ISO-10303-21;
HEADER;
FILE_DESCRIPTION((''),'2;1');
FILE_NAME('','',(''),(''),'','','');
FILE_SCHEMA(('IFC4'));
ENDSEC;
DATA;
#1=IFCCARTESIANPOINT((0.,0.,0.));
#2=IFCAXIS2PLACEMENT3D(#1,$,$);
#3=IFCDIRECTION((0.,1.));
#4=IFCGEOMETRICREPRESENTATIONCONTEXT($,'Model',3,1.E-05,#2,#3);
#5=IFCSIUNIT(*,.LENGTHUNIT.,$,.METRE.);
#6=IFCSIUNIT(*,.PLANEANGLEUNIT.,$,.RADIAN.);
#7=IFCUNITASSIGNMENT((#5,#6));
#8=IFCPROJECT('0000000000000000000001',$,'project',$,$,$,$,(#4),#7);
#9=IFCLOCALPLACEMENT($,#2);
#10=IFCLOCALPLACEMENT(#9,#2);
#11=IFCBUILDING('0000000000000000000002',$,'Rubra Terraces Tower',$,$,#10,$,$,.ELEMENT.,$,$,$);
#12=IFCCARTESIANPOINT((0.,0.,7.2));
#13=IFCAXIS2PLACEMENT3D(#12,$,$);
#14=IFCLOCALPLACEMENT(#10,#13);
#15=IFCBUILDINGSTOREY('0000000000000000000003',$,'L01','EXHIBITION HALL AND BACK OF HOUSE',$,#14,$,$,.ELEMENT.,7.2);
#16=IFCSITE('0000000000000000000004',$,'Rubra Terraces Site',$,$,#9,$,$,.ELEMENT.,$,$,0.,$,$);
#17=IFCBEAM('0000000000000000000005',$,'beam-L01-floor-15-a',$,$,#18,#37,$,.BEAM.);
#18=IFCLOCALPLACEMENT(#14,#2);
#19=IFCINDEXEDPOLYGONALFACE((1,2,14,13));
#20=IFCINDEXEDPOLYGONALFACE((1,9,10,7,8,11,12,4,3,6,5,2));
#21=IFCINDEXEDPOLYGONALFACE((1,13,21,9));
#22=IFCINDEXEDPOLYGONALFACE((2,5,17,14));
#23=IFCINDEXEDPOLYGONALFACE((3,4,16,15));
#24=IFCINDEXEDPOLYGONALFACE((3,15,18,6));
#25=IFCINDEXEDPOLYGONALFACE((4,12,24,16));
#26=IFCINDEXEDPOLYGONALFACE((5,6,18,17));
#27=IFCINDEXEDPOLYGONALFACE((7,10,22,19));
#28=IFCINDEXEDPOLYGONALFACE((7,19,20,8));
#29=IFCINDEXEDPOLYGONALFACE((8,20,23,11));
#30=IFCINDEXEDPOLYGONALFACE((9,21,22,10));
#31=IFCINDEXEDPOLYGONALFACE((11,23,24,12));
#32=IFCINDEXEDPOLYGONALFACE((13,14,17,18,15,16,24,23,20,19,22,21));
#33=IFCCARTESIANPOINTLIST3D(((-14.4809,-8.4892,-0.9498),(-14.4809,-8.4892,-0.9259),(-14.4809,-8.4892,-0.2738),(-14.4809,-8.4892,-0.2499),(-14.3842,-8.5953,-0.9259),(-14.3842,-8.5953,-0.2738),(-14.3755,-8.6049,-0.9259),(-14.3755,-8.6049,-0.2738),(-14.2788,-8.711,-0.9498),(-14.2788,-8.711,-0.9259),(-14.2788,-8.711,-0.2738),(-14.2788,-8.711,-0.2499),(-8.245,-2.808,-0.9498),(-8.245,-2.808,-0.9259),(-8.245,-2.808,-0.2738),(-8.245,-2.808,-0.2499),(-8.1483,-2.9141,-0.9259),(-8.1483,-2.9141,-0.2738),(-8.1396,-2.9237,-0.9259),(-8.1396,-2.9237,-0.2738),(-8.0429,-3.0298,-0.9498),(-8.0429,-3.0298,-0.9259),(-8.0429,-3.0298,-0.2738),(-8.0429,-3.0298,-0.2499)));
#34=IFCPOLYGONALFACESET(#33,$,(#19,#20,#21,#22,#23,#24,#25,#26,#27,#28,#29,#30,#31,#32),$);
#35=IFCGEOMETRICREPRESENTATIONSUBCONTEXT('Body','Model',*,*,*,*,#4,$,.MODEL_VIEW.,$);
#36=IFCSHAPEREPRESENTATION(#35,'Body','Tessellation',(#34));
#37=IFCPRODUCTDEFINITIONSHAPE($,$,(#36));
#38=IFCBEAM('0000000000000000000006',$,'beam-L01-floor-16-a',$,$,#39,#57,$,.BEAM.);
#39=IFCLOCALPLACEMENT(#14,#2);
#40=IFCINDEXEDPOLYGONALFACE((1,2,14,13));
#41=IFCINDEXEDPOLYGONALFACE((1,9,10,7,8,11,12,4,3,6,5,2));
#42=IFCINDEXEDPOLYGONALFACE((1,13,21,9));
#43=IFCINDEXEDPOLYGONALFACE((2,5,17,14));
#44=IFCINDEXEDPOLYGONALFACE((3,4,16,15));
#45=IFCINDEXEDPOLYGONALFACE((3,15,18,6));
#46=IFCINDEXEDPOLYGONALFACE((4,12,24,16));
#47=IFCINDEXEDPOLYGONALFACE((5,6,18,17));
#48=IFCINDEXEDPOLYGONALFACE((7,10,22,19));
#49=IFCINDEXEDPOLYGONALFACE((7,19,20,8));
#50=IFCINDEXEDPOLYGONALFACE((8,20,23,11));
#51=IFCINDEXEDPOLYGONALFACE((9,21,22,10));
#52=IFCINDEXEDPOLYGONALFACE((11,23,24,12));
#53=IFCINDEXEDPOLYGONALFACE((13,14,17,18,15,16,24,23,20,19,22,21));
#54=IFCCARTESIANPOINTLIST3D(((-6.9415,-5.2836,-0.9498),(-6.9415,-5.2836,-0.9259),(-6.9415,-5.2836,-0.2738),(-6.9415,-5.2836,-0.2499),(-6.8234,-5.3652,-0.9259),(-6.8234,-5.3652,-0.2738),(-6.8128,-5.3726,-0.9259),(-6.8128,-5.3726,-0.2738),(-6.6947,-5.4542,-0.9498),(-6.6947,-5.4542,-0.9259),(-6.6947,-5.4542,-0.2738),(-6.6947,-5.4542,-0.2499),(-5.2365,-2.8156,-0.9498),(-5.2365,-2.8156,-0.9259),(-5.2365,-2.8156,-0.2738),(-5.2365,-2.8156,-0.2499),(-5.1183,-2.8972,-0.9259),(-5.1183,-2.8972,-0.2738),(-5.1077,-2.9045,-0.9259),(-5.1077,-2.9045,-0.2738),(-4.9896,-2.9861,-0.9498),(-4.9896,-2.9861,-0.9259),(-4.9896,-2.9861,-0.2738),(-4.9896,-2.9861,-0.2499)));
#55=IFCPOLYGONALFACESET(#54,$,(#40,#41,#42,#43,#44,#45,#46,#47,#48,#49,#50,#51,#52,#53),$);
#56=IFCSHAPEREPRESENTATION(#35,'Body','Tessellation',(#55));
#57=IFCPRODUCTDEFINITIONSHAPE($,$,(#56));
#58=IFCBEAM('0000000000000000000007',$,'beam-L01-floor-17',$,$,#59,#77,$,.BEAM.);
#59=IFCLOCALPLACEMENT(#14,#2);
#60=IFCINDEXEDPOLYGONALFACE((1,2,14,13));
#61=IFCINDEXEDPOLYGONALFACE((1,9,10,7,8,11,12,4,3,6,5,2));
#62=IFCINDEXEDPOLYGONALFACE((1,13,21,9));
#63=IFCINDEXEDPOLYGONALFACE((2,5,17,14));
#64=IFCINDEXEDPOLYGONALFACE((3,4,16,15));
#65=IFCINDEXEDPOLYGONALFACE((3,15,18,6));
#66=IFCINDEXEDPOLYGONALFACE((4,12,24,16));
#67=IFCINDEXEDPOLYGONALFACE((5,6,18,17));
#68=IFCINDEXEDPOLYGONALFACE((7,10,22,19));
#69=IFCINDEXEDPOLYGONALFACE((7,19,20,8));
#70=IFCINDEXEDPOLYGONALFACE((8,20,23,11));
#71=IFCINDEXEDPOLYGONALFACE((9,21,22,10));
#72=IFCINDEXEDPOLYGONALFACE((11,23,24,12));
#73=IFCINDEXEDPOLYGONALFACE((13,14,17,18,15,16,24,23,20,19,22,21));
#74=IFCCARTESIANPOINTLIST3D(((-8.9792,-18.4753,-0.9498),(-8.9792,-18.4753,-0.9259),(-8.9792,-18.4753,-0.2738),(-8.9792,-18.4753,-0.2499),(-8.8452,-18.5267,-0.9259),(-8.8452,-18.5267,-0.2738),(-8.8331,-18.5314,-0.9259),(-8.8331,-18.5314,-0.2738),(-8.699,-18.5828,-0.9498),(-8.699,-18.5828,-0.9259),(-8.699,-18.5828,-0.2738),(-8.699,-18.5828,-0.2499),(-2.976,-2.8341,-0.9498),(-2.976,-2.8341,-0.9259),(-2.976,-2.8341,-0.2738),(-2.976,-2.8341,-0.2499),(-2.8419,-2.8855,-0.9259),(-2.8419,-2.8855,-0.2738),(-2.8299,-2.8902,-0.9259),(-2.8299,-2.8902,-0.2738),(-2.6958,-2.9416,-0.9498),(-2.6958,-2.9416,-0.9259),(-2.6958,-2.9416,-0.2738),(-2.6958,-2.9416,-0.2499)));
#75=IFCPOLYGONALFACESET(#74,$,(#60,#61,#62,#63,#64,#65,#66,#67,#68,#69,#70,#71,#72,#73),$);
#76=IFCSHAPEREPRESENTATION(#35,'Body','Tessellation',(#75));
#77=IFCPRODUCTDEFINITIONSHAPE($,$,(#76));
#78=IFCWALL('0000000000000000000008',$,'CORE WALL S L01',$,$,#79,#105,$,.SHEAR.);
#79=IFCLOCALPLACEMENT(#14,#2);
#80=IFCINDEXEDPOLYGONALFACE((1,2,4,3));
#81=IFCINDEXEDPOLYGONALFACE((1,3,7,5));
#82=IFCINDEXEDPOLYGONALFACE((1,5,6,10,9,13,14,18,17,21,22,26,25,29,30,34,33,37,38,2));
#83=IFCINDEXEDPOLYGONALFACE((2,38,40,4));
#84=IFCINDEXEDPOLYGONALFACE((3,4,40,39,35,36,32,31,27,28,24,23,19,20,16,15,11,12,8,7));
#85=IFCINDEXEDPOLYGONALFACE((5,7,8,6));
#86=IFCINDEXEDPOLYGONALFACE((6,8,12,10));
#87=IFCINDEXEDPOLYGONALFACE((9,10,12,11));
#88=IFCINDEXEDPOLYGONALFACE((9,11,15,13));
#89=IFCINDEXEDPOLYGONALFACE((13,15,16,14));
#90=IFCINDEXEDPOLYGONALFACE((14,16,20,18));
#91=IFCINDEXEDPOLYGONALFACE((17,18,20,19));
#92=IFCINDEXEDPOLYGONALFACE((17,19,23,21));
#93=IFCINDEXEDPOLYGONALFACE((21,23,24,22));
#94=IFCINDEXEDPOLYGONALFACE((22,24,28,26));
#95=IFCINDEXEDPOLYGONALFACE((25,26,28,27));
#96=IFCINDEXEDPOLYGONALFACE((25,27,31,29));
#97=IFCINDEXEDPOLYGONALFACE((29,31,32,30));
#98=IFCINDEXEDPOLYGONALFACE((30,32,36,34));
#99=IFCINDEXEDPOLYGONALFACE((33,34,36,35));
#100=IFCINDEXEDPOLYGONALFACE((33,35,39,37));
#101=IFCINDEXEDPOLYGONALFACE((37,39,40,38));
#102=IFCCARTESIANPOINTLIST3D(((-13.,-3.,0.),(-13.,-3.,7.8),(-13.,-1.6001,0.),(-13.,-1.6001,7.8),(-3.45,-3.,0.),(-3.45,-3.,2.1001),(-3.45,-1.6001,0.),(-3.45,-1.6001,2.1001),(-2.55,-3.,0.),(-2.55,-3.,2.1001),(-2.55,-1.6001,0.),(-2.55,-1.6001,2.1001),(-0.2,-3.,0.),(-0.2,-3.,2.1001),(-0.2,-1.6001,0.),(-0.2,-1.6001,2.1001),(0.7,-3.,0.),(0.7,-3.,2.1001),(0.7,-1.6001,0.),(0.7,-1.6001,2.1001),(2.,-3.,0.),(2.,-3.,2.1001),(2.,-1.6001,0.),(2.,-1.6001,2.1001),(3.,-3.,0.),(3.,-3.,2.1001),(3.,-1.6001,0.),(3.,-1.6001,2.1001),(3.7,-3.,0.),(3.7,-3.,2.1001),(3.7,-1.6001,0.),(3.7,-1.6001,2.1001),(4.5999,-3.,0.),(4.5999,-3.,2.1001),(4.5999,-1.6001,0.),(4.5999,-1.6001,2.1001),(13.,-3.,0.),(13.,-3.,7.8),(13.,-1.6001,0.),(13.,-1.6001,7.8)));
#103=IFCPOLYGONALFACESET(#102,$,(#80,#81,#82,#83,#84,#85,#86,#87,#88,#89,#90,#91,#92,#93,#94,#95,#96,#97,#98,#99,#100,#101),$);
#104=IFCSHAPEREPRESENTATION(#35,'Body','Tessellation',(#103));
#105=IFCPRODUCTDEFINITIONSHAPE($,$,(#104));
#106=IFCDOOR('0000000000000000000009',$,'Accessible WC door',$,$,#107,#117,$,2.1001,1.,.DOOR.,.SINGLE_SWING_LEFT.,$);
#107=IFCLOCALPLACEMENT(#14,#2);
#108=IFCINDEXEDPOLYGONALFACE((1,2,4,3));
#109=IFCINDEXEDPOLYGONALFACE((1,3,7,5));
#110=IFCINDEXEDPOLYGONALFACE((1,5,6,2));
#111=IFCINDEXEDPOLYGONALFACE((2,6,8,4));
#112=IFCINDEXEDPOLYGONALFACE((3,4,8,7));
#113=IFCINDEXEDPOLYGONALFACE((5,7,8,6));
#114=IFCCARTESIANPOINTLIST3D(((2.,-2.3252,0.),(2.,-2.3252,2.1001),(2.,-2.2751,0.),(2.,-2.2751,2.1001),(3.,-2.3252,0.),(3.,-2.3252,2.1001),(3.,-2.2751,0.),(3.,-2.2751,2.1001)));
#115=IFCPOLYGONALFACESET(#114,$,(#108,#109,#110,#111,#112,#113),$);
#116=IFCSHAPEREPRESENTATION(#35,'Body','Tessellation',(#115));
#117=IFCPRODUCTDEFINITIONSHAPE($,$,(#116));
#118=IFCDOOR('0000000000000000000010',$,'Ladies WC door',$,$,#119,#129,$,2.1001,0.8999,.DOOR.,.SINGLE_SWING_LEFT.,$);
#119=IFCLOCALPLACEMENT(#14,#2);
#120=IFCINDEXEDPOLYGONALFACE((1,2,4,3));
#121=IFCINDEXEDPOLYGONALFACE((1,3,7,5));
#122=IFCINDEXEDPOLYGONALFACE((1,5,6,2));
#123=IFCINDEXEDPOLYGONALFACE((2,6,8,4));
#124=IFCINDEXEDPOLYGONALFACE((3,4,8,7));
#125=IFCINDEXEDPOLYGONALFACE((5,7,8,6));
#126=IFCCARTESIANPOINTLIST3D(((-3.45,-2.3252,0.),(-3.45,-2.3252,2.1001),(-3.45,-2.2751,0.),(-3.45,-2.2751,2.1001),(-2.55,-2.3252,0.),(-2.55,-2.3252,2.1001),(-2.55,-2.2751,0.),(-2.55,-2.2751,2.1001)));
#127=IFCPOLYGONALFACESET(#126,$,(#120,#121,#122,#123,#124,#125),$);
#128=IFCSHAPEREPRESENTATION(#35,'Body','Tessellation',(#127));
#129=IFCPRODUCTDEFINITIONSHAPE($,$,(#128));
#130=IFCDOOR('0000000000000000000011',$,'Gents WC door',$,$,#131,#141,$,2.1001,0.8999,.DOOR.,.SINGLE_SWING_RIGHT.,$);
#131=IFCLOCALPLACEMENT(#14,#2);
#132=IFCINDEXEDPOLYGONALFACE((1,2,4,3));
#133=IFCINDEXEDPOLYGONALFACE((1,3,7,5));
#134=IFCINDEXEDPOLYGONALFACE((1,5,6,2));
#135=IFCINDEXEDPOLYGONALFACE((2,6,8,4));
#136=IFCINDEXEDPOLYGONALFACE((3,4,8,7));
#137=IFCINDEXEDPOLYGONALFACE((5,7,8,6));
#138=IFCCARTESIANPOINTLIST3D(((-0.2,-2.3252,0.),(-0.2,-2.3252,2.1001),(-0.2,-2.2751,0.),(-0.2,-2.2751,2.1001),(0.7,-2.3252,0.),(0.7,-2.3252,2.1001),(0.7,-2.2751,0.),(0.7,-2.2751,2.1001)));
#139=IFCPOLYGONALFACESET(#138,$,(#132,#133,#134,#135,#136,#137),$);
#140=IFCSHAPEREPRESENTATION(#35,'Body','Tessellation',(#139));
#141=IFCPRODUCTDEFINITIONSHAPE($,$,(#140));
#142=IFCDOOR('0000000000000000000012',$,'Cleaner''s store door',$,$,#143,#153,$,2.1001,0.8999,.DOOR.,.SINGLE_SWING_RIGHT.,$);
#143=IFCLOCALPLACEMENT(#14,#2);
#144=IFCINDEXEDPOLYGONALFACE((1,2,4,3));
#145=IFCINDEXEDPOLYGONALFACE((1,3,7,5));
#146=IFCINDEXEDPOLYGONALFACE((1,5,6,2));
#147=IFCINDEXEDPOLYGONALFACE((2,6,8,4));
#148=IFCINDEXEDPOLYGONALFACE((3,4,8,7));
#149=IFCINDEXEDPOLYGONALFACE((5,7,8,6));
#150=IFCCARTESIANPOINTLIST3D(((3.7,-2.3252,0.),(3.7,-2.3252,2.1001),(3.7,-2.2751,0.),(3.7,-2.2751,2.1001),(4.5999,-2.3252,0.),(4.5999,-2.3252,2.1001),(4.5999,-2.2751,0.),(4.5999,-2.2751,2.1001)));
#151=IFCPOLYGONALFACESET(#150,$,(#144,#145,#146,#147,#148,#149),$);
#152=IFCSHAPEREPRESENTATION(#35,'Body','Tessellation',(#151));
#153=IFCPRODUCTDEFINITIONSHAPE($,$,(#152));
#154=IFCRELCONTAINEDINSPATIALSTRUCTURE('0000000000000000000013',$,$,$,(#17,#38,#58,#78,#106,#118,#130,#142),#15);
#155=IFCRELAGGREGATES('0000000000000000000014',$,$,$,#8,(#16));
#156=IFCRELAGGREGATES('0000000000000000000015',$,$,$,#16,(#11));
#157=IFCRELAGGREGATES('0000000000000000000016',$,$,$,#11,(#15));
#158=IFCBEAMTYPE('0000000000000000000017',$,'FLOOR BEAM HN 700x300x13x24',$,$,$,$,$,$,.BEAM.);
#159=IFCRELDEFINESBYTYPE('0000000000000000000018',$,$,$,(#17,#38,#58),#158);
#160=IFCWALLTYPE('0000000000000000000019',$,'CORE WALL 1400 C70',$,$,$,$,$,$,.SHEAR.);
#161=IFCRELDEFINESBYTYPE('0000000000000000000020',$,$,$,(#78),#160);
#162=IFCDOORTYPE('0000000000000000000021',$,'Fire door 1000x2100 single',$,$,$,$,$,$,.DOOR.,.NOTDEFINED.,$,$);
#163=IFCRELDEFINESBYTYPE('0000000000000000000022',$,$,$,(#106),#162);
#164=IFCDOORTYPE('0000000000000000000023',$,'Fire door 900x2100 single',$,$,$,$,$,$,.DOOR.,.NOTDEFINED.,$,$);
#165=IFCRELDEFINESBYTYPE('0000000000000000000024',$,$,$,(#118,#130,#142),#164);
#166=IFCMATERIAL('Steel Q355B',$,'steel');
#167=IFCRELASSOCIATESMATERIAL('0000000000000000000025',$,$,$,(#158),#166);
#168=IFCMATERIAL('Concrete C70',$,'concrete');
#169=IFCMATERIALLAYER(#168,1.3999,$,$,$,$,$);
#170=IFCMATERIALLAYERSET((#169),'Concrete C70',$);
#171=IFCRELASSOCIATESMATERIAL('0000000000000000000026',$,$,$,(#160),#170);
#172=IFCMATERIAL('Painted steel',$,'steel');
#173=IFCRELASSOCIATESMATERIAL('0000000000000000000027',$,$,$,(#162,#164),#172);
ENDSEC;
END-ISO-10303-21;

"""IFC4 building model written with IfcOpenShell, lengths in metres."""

from ifc_helpers import new_model, si_unit, direction, frame, frame_2d, origin, origin_2d, place, context, subcontext, project, spatial, rectangle, i_section, extrude, material, layer, layer_set, material_profile, profile_set, type_object, element, fill, save


model = new_model("IFC4")

# Units and contexts
model_context = context("Model", 3, precision=1e-05, world=origin(), true_north=direction((0.0, 1.0)))
body_context = subcontext(model_context, "Body", "Model", "MODEL_VIEW")
ifc_project = project(units=[si_unit("LENGTHUNIT", "METRE"), si_unit("PLANEANGLEUNIT", "RADIAN")], contexts=[model_context])

# Site, building, storey
site_placement = place(None, origin())
site = spatial("IfcSite", under=ifc_project, at=site_placement, Name="Rubra Terraces Site", CompositionType="ELEMENT", RefElevation=0.0)
building_placement = place(site_placement, origin())
building = spatial("IfcBuilding", under=site, at=building_placement, Name="Rubra Terraces Tower", CompositionType="ELEMENT")
storey_placement = place(building_placement, frame((0.0, 0.0, 7.2)))
storey = spatial("IfcBuildingStorey", under=building, at=storey_placement, Name="L01", Description="EXHIBITION HALL AND BACK OF HOUSE", CompositionType="ELEMENT", Elevation=7.2)

# Beams
ifc_material_1 = material(Name="Steel Q355B", Category="steel")
ifc_material_profile = material_profile(ifc_material_1, i_section(OverallWidth=0.3, OverallDepth=0.7, WebThickness=0.0129, FlangeThickness=0.0239, at=origin_2d()), Name="HN 700x300x13x24")
ifc_profile_set = profile_set([ifc_material_profile], Name="Steel Q355B")
beam_type = type_object("IfcBeamType", Name="FLOOR BEAM HN 700x300x13x24", PredefinedType="BEAM", material=ifc_profile_set)
beam_1_placement = place(storey_placement, frame((-14.3799, -8.6001, -0.5999), z_axis=(0.739219, 0.673465, 0.0), x_axis=(-0.673465, 0.739219, 0.0)))
element("IfcBeam", 1, at=beam_1_placement, inside=storey, type_object=beam_type, Name="beam-L01-floor-15-a", PredefinedType="BEAM", context=body_context, shape_type="SweptSolid", body=[
    extrude(i_section(OverallWidth=0.3, OverallDepth=0.7, WebThickness=0.0129, FlangeThickness=0.0239, at=origin_2d()), origin(), (0.0, 0.0, 1.0), 8.4358),
])
beam_2_placement = place(storey_placement, frame((-6.8181, -5.3689, -0.5999), z_axis=(0.56841, 0.822746, 0.0), x_axis=(-0.822746, 0.56841, 0.0)))
element("IfcBeam", 2, at=beam_2_placement, inside=storey, type_object=beam_type, Name="beam-L01-floor-16-a", PredefinedType="BEAM", context=body_context, shape_type="SweptSolid", body=[
    extrude(i_section(OverallWidth=0.3, OverallDepth=0.7, WebThickness=0.0129, FlangeThickness=0.0239, at=origin_2d()), origin(), (0.0, 0.0, 1.0), 2.9998),
])
beam_3_placement = place(storey_placement, frame((-8.8391, -18.5291, -0.5999), z_axis=(0.358322, 0.933598, 0.0), x_axis=(-0.933598, 0.358322, 0.0)))
element("IfcBeam", 3, at=beam_3_placement, inside=storey, type_object=beam_type, Name="beam-L01-floor-17", PredefinedType="BEAM", context=body_context, shape_type="SweptSolid", body=[
    extrude(i_section(OverallWidth=0.3, OverallDepth=0.7, WebThickness=0.0129, FlangeThickness=0.0239, at=origin_2d()), origin(), (0.0, 0.0, 1.0), 16.7537),
])

# Wall, openings, doors
ifc_material_2 = material(Name="Concrete C70", Category="concrete")
ifc_layer_1 = layer(ifc_material_2, 1.3999)
ifc_layer_set_1 = layer_set([ifc_layer_1], Name="Concrete C70")
wall_type_1 = type_object("IfcWallType", Name="CORE WALL 1400 C70", PredefinedType="SHEAR", material=ifc_layer_set_1)
wall_1_placement = place(storey_placement, frame((-13.0, -2.3, 0.0), z_axis=(0.0, 0.0, 1.0), x_axis=(1.0, 0.0, 0.0)))
wall_1 = element("IfcWall", 4, at=wall_1_placement, inside=storey, type_object=wall_type_1, Name="CORE WALL S L01", PredefinedType="SHEAR", context=body_context, shape_type="SweptSolid", body=[
    extrude(rectangle(XDim=26.0, YDim=1.3999, at=frame_2d((13.0, 0.0))), origin(), (0.0, 0.0, 1.0), 7.8),
])
opening_1_placement = place(wall_1_placement, frame((9.55, 0.0, 0.0)))
opening_1 = element("IfcOpeningElement", 5, at=opening_1_placement, cuts=wall_1, PredefinedType="OPENING", context=body_context, shape_type="SweptSolid", body=[
    extrude(rectangle(XDim=0.8999, YDim=2.1001, at=frame_2d((0.45, 1.05))), frame((0.0, 0.71, 0.0), z_axis=(0.0, -1.0, 0.0), x_axis=(1.0, 0.0, 0.0)), (0.0, 0.0, 1.0), 1.4199),
])
opening_2_placement = place(wall_1_placement, frame((12.8, 0.0, 0.0)))
opening_2 = element("IfcOpeningElement", 6, at=opening_2_placement, cuts=wall_1, PredefinedType="OPENING", context=body_context, shape_type="SweptSolid", body=[
    extrude(rectangle(XDim=0.8999, YDim=2.1001, at=frame_2d((0.45, 1.05))), frame((0.0, 0.71, 0.0), z_axis=(0.0, -1.0, 0.0), x_axis=(1.0, 0.0, 0.0)), (0.0, 0.0, 1.0), 1.4199),
])
opening_3_placement = place(wall_1_placement, frame((15.0, 0.0, 0.0)))
opening_3 = element("IfcOpeningElement", 7, at=opening_3_placement, cuts=wall_1, PredefinedType="OPENING", context=body_context, shape_type="SweptSolid", body=[
    extrude(rectangle(XDim=1.0, YDim=2.1001, at=frame_2d((0.5, 1.05))), frame((0.0, 0.71, 0.0), z_axis=(0.0, -1.0, 0.0), x_axis=(1.0, 0.0, 0.0)), (0.0, 0.0, 1.0), 1.4199),
])
opening_4_placement = place(wall_1_placement, frame((16.7, 0.0, 0.0)))
opening_4 = element("IfcOpeningElement", 8, at=opening_4_placement, cuts=wall_1, PredefinedType="OPENING", context=body_context, shape_type="SweptSolid", body=[
    extrude(rectangle(XDim=0.8999, YDim=2.1001, at=frame_2d((0.45, 1.05))), frame((0.0, 0.71, 0.0), z_axis=(0.0, -1.0, 0.0), x_axis=(1.0, 0.0, 0.0)), (0.0, 0.0, 1.0), 1.4199),
])
ifc_material_3 = material(Name="Painted steel", Category="steel")
door_type_1 = type_object("IfcDoorType", Name="Fire door 1000x2100 single", OperationType="NOTDEFINED", PredefinedType="DOOR", material=ifc_material_3)
door_1_placement = place(opening_3_placement, origin())
door_1 = element("IfcDoor", 9, at=door_1_placement, inside=storey, type_object=door_type_1, Name="Accessible WC door", OperationType="SINGLE_SWING_LEFT", OverallHeight=2.1001, OverallWidth=1.0, PredefinedType="DOOR", context=body_context, shape_type="SweptSolid", body=[
    extrude(rectangle(XDim=1.0, YDim=2.1001, at=frame_2d((0.5, 1.05))), frame((0.0, 0.0249, 0.0), z_axis=(0.0, -1.0, 0.0), x_axis=(1.0, 0.0, 0.0)), (0.0, 0.0, 1.0), 0.05),
])
fill(opening_3, door_1)
door_type_2 = type_object("IfcDoorType", Name="Fire door 900x2100 single", OperationType="NOTDEFINED", PredefinedType="DOOR", material=ifc_material_3)
door_2_placement = place(opening_1_placement, origin())
door_2 = element("IfcDoor", 10, at=door_2_placement, inside=storey, type_object=door_type_2, Name="Ladies WC door", OperationType="SINGLE_SWING_LEFT", OverallHeight=2.1001, OverallWidth=0.8999, PredefinedType="DOOR", context=body_context, shape_type="SweptSolid", body=[
    extrude(rectangle(XDim=0.8999, YDim=2.1001, at=frame_2d((0.45, 1.05))), frame((0.0, 0.0249, 0.0), z_axis=(0.0, -1.0, 0.0), x_axis=(1.0, 0.0, 0.0)), (0.0, 0.0, 1.0), 0.05),
])
fill(opening_1, door_2)
door_3_placement = place(opening_2_placement, origin())
door_3 = element("IfcDoor", 11, at=door_3_placement, inside=storey, type_object=door_type_2, Name="Gents WC door", OperationType="SINGLE_SWING_RIGHT", OverallHeight=2.1001, OverallWidth=0.8999, PredefinedType="DOOR", context=body_context, shape_type="SweptSolid", body=[
    extrude(rectangle(XDim=0.8999, YDim=2.1001, at=frame_2d((0.45, 1.05))), frame((0.0, 0.0249, 0.0), z_axis=(0.0, -1.0, 0.0), x_axis=(1.0, 0.0, 0.0)), (0.0, 0.0, 1.0), 0.05),
])
fill(opening_2, door_3)
door_4_placement = place(opening_4_placement, origin())
door_4 = element("IfcDoor", 12, at=door_4_placement, inside=storey, type_object=door_type_2, Name="Cleaner's store door", OperationType="SINGLE_SWING_RIGHT", OverallHeight=2.1001, OverallWidth=0.8999, PredefinedType="DOOR", context=body_context, shape_type="SweptSolid", body=[
    extrude(rectangle(XDim=0.8999, YDim=2.1001, at=frame_2d((0.45, 1.05))), frame((0.0, 0.0249, 0.0), z_axis=(0.0, -1.0, 0.0), x_axis=(1.0, 0.0, 0.0)), (0.0, 0.0, 1.0), 0.05),
])
fill(opening_4, door_4)

save(model, "model.ifc")
